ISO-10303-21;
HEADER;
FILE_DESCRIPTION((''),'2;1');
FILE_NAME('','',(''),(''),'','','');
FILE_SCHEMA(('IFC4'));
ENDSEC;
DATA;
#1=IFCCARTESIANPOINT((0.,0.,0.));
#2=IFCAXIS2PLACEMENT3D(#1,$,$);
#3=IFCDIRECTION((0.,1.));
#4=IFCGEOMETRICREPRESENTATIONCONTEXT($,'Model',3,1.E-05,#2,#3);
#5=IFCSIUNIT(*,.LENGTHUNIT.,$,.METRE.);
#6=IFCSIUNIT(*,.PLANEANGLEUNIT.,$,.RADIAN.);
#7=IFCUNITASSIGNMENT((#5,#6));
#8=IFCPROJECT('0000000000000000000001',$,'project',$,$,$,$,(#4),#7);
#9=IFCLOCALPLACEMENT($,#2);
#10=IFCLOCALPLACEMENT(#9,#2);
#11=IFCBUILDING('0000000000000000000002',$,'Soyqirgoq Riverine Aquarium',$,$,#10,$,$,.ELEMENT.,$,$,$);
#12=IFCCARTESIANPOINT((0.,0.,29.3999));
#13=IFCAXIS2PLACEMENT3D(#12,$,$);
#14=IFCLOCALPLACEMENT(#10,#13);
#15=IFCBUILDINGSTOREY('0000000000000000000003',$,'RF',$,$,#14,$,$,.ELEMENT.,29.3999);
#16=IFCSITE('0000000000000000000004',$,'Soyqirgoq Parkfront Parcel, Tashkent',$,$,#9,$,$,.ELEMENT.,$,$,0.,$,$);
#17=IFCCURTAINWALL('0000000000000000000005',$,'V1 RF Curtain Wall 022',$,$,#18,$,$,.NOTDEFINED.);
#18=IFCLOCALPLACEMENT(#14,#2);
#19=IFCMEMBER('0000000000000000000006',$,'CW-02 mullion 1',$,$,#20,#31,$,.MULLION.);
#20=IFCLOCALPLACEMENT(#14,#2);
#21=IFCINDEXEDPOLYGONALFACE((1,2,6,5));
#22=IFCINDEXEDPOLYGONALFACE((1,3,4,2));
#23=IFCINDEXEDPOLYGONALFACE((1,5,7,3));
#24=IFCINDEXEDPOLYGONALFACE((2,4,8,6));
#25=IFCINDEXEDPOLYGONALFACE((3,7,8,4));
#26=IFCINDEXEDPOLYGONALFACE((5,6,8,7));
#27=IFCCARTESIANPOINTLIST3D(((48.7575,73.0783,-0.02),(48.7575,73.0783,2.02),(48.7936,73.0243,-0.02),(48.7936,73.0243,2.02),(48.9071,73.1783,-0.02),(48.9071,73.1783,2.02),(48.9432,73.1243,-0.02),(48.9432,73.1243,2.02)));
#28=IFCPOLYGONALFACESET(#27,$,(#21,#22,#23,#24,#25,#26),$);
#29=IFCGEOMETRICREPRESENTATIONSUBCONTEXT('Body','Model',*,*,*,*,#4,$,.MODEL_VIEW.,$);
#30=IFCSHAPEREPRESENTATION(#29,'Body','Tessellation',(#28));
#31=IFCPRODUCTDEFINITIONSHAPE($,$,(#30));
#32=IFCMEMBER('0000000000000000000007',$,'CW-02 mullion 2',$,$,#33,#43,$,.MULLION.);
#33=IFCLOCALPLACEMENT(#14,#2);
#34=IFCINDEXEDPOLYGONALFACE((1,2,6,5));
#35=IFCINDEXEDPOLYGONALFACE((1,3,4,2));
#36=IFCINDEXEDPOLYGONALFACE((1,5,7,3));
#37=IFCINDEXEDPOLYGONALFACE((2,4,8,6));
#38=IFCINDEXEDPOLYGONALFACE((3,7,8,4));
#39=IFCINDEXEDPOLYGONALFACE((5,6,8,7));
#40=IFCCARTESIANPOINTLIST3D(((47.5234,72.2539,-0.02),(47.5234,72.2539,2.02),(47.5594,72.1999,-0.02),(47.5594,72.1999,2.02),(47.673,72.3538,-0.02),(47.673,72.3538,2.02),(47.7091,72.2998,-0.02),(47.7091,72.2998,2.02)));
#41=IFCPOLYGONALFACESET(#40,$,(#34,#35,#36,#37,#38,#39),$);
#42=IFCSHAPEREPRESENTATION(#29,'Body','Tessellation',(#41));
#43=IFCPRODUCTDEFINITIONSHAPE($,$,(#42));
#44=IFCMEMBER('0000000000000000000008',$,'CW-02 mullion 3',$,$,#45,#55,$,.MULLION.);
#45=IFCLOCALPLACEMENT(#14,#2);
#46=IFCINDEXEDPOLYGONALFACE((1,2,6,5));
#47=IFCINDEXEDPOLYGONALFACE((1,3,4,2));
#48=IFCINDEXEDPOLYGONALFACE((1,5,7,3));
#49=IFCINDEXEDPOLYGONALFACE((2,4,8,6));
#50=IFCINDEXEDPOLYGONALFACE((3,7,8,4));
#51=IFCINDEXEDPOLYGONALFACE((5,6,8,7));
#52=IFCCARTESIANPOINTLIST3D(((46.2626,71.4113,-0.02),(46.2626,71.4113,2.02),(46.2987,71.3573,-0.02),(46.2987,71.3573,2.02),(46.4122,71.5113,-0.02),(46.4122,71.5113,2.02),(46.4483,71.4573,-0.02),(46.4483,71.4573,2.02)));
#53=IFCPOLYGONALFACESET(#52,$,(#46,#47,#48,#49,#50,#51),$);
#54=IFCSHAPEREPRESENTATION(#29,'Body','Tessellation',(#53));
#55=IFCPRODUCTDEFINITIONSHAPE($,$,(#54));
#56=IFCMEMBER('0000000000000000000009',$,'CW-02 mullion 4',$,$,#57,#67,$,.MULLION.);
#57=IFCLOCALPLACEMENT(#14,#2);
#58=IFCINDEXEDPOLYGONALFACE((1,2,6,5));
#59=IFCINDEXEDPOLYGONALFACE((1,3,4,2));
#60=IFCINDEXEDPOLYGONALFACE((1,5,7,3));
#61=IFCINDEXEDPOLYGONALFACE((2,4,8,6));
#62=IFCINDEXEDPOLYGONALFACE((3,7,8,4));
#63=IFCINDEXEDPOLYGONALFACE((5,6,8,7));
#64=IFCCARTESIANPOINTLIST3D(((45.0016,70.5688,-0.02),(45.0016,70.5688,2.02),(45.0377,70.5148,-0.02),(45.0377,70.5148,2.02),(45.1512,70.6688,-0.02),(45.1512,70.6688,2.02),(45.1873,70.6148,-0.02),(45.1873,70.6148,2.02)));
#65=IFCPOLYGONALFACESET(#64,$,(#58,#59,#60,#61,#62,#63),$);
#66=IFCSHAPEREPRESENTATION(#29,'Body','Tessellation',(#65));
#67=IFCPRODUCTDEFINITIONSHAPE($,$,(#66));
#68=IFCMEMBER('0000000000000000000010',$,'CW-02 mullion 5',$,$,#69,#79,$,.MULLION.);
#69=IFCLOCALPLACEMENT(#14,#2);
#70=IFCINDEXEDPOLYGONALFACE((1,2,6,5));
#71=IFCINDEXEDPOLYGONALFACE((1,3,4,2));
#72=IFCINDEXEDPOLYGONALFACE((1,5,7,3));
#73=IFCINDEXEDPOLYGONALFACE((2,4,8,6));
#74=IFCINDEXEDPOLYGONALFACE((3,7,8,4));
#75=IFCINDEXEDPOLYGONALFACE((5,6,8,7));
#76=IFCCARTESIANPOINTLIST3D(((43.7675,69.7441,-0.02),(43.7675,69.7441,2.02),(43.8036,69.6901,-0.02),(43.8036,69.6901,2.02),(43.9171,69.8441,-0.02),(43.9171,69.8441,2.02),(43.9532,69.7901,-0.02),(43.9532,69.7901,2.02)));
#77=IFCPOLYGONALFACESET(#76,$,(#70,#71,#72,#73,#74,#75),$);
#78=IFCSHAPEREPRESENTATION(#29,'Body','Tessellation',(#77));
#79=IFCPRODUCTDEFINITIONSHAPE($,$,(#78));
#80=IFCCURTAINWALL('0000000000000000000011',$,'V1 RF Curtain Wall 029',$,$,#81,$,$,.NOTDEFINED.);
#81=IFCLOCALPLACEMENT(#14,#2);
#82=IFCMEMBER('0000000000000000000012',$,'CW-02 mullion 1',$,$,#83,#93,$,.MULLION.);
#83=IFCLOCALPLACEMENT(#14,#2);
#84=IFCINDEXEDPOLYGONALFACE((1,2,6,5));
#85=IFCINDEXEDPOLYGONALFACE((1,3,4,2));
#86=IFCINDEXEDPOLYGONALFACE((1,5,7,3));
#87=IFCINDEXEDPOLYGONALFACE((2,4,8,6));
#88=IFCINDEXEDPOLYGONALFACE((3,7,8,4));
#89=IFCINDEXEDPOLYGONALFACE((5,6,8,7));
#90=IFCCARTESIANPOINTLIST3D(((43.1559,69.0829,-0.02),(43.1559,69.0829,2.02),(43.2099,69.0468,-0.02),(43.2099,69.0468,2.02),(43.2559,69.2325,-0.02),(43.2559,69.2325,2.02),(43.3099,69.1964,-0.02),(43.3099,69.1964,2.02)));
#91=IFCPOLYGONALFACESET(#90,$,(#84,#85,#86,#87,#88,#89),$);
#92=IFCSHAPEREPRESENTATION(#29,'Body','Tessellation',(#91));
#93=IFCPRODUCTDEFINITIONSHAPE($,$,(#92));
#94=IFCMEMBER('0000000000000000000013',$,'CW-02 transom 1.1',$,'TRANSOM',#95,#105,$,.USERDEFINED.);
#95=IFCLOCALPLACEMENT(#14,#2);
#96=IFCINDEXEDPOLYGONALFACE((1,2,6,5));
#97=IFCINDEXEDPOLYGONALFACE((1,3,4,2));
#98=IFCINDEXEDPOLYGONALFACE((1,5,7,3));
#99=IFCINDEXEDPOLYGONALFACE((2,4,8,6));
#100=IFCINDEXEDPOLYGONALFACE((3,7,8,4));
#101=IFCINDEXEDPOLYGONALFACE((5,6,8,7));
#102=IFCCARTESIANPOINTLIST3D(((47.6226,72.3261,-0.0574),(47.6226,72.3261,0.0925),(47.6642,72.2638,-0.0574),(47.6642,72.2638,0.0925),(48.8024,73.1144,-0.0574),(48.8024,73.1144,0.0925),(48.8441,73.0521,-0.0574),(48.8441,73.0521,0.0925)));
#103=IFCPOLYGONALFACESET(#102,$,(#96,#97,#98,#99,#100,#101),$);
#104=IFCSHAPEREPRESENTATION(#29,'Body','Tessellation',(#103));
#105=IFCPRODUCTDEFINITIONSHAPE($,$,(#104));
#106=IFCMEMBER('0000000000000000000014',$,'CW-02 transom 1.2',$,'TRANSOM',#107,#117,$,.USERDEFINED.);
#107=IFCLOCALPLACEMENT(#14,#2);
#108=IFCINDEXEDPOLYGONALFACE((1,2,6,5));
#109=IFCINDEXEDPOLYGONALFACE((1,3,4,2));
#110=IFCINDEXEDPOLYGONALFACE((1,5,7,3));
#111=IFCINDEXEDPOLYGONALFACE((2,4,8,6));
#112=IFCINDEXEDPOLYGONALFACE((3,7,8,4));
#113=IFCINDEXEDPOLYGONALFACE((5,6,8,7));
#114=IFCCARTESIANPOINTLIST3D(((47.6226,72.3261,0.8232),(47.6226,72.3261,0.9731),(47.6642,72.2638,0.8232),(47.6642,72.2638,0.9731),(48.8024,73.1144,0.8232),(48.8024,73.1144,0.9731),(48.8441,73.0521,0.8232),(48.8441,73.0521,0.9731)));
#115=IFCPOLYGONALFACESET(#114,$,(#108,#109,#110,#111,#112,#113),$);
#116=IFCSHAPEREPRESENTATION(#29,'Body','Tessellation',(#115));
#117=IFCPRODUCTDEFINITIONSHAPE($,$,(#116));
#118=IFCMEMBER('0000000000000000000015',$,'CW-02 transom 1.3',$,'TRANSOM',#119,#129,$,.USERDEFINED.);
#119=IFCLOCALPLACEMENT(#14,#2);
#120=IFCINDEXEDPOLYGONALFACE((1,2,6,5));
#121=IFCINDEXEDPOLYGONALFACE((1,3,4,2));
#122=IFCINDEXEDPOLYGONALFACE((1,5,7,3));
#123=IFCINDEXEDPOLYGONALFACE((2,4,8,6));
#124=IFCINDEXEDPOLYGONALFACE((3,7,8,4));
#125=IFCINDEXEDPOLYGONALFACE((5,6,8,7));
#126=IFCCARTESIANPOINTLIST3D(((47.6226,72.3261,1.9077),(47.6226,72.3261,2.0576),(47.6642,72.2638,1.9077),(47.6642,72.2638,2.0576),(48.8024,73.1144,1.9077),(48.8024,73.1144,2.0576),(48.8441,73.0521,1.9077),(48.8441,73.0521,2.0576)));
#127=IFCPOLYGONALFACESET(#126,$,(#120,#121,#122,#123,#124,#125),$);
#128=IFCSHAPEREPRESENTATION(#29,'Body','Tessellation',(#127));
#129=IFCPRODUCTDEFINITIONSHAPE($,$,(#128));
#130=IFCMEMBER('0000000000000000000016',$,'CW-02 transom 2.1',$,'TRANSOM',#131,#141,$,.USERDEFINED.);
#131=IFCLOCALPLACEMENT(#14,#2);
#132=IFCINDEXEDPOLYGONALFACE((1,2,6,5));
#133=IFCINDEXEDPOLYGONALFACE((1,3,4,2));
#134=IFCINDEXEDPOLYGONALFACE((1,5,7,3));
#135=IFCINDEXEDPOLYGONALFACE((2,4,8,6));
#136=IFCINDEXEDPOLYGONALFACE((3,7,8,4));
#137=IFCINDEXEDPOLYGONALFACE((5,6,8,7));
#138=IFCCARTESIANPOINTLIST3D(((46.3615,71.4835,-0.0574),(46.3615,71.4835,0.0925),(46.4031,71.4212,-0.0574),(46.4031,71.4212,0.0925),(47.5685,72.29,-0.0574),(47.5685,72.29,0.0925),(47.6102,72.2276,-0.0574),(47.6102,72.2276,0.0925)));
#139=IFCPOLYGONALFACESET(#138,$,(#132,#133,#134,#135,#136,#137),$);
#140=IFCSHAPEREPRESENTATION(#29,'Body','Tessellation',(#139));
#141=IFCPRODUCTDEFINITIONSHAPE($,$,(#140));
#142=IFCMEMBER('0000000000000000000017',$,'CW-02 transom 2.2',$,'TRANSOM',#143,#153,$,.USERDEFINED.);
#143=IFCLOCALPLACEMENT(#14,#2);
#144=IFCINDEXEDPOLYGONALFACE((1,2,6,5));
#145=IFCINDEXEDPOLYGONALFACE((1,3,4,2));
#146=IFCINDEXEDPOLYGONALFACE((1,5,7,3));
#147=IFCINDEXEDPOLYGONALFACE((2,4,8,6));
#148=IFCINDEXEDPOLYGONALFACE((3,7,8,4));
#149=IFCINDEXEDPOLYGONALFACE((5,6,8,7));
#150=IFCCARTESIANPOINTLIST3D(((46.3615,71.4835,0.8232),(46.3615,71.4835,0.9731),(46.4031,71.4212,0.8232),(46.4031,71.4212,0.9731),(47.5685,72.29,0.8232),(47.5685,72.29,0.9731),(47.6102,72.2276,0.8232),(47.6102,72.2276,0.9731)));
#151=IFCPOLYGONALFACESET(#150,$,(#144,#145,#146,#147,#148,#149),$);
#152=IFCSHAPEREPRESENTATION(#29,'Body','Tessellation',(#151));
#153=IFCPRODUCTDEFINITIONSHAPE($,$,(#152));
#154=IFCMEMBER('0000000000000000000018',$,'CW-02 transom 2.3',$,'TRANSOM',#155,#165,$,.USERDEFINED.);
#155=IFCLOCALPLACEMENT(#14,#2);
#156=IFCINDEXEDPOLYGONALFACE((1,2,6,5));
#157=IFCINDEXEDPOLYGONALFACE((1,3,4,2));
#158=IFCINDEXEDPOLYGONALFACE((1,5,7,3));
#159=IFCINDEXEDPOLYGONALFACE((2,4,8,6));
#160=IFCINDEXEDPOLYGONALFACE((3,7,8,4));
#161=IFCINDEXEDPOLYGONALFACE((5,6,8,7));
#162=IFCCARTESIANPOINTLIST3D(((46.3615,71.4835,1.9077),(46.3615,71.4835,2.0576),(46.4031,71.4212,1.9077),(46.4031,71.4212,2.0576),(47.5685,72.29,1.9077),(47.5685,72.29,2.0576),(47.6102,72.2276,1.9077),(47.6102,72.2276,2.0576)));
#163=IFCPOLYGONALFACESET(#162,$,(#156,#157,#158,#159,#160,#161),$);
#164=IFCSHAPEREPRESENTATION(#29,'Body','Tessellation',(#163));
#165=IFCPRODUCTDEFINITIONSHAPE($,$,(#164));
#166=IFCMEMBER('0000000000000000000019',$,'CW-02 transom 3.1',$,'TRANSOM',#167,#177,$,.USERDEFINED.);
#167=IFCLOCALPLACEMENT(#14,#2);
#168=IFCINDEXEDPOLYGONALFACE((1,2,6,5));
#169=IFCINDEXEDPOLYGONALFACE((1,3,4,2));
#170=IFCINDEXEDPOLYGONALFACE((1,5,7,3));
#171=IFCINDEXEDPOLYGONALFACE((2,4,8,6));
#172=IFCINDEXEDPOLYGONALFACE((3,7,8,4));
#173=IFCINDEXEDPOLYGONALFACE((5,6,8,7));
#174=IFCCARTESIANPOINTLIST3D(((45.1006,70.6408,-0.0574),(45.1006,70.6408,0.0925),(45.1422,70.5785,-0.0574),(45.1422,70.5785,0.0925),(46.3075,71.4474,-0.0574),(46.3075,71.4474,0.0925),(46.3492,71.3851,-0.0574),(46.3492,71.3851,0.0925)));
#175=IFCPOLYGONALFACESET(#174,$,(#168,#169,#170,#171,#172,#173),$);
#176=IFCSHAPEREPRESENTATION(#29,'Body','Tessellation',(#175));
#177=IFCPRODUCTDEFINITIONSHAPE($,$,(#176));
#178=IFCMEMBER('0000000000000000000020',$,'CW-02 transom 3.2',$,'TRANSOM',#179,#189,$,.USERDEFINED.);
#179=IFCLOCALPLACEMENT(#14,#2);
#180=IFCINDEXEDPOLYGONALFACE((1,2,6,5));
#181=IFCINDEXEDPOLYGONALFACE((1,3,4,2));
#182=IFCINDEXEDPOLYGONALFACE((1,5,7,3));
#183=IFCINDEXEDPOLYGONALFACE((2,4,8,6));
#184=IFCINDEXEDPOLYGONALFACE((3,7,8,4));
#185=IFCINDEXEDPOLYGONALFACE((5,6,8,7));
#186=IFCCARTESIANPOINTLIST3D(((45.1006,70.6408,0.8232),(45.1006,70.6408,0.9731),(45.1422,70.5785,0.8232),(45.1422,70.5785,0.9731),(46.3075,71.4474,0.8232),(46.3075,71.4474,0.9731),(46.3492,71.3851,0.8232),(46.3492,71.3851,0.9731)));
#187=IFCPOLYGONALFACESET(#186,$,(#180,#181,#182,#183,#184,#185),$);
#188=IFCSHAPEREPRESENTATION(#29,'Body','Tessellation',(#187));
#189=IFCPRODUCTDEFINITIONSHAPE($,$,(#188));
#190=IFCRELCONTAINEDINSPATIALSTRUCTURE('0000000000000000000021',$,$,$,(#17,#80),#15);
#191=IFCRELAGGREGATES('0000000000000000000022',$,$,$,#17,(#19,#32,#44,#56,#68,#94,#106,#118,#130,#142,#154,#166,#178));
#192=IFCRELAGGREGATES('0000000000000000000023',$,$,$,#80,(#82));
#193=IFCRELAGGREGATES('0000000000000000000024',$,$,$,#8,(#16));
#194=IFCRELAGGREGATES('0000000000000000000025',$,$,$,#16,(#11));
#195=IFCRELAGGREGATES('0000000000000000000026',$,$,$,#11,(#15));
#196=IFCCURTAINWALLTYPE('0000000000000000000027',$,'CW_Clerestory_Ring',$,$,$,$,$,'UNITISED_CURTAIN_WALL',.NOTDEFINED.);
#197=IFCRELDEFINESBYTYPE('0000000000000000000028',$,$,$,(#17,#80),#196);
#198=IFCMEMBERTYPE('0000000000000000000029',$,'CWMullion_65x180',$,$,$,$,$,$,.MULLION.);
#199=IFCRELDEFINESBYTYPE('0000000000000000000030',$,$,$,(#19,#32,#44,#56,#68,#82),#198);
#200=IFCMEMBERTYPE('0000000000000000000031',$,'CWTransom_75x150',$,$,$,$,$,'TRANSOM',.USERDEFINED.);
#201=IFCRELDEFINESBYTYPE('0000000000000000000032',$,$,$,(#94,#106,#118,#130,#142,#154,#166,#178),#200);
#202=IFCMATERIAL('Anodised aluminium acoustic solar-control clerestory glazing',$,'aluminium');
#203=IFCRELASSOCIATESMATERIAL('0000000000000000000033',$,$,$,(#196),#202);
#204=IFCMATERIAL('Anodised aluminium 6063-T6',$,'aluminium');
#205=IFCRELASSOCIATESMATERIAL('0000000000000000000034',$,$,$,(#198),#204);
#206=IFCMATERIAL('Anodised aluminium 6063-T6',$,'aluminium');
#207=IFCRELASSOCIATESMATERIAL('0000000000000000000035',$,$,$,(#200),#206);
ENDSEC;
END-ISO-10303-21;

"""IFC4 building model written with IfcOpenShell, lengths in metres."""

from ifc_helpers import new_model, si_unit, direction, frame, origin, origin_2d, place, context, subcontext, project, spatial, rectangle, extrude, material, material_profile, profile_set, type_object, element, aggregate, save


model = new_model("IFC4")

# Units and contexts
model_context = context("Model", 3, precision=1e-05, world=origin(), true_north=direction((0.0, 1.0)))
body_context = subcontext(model_context, "Body", "Model", "MODEL_VIEW")
ifc_project = project(units=[si_unit("LENGTHUNIT", "METRE"), si_unit("PLANEANGLEUNIT", "RADIAN")], contexts=[model_context])

# Site, building, storey
site_placement = place(None, origin())
site = spatial("IfcSite", under=ifc_project, at=site_placement, Name="Soyqirgoq Parkfront Parcel, Tashkent", CompositionType="ELEMENT", RefElevation=0.0)
building_placement = place(site_placement, origin())
building = spatial("IfcBuilding", under=site, at=building_placement, Name="Soyqirgoq Riverine Aquarium", CompositionType="ELEMENT")
storey_placement = place(building_placement, frame((0.0, 0.0, 29.3999)))
storey = spatial("IfcBuildingStorey", under=building, at=storey_placement, Name="RF", CompositionType="ELEMENT", Elevation=29.3999)

# Curtain wall, members
ifc_material_1 = material(Name="Anodised aluminium acoustic solar-control clerestory glazing", Category="aluminium")
curtain_wall_type = type_object("IfcCurtainWallType", Name="CW_Clerestory_Ring", ElementType="UNITISED_CURTAIN_WALL", PredefinedType="NOTDEFINED", material=ifc_material_1)
curtain_wall_1_placement = place(storey_placement, origin())
curtain_wall_1 = element("IfcCurtainWall", 1, at=curtain_wall_1_placement, inside=storey, type_object=curtain_wall_type, Name="V1 RF Curtain Wall 022", PredefinedType="NOTDEFINED")
ifc_material_2 = material(Name="Anodised aluminium 6063-T6", Category="aluminium")
ifc_material_profile_1 = material_profile(ifc_material_2, rectangle(XDim=0.0649, YDim=0.1799, at=origin_2d()), Name="ALU-M 65x180")
ifc_profile_set_1 = profile_set([ifc_material_profile_1], Name="Anodised aluminium 6063-T6")
member_type_1 = type_object("IfcMemberType", Name="CWMullion_65x180", PredefinedType="MULLION", material=ifc_profile_set_1)
member_1_placement = place(storey_placement, frame((48.8503, 73.1013, -0.02), z_axis=(0.0, 0.0, 1.0), x_axis=(0.555579, -0.831464, 0.0)))
member_1 = element("IfcMember", 2, at=member_1_placement, type_object=member_type_1, Name="CW-02 mullion 1", PredefinedType="MULLION", context=body_context, shape_type="SweptSolid", body=[
    extrude(rectangle(XDim=0.0649, YDim=0.1799, at=origin_2d()), origin(), (0.0, 0.0, 1.0), 2.04),
])
member_2_placement = place(storey_placement, frame((47.6162, 72.2769, -0.02), z_axis=(0.0, 0.0, 1.0), x_axis=(0.555579, -0.831464, 0.0)))
member_2 = element("IfcMember", 3, at=member_2_placement, type_object=member_type_1, Name="CW-02 mullion 2", PredefinedType="MULLION", context=body_context, shape_type="SweptSolid", body=[
    extrude(rectangle(XDim=0.0649, YDim=0.1799, at=origin_2d()), origin(), (0.0, 0.0, 1.0), 2.04),
])
member_3_placement = place(storey_placement, frame((46.3555, 71.4343, -0.02), z_axis=(0.0, 0.0, 1.0), x_axis=(0.555579, -0.831464, 0.0)))
member_3 = element("IfcMember", 4, at=member_3_placement, type_object=member_type_1, Name="CW-02 mullion 3", PredefinedType="MULLION", context=body_context, shape_type="SweptSolid", body=[
    extrude(rectangle(XDim=0.0649, YDim=0.1799, at=origin_2d()), origin(), (0.0, 0.0, 1.0), 2.04),
])
member_4_placement = place(storey_placement, frame((45.0945, 70.5918, -0.02), z_axis=(0.0, 0.0, 1.0), x_axis=(0.555579, -0.831464, 0.0)))
member_4 = element("IfcMember", 5, at=member_4_placement, type_object=member_type_1, Name="CW-02 mullion 4", PredefinedType="MULLION", context=body_context, shape_type="SweptSolid", body=[
    extrude(rectangle(XDim=0.0649, YDim=0.1799, at=origin_2d()), origin(), (0.0, 0.0, 1.0), 2.04),
])
member_5_placement = place(storey_placement, frame((43.8604, 69.7671, -0.02), z_axis=(0.0, 0.0, 1.0), x_axis=(0.555579, -0.831464, 0.0)))
member_5 = element("IfcMember", 6, at=member_5_placement, type_object=member_type_1, Name="CW-02 mullion 5", PredefinedType="MULLION", context=body_context, shape_type="SweptSolid", body=[
    extrude(rectangle(XDim=0.0649, YDim=0.1799, at=origin_2d()), origin(), (0.0, 0.0, 1.0), 2.04),
])

# Curtain wall, member
curtain_wall_2_placement = place(storey_placement, origin())
curtain_wall_2 = element("IfcCurtainWall", 7, at=curtain_wall_2_placement, inside=storey, type_object=curtain_wall_type, Name="V1 RF Curtain Wall 029", PredefinedType="NOTDEFINED")
member_6_placement = place(storey_placement, frame((43.2329, 69.1396, -0.02), z_axis=(0.0, 0.0, 1.0), x_axis=(0.831464, -0.555579, 0.0)))
member_6 = element("IfcMember", 8, at=member_6_placement, type_object=member_type_1, Name="CW-02 mullion 1", PredefinedType="MULLION", context=body_context, shape_type="SweptSolid", body=[
    extrude(rectangle(XDim=0.0649, YDim=0.1799, at=origin_2d()), origin(), (0.0, 0.0, 1.0), 2.04),
])

# Members
ifc_material_3 = material(Name="Anodised aluminium 6063-T6", Category="aluminium")
ifc_material_profile_2 = material_profile(ifc_material_3, rectangle(XDim=0.075, YDim=0.1499, at=origin_2d()), Name="ALU-T 75x150")
ifc_profile_set_2 = profile_set([ifc_material_profile_2], Name="Anodised aluminium 6063-T6")
member_type_2 = type_object("IfcMemberType", Name="CWTransom_75x150", ElementType="TRANSOM", PredefinedType="USERDEFINED", material=ifc_profile_set_2)
member_7_placement = place(storey_placement, frame((48.8232, 73.0833, 0.0176), z_axis=(-0.831494, -0.555534, 0.0), x_axis=(0.555534, -0.831494, 0.0)))
member_7 = element("IfcMember", 9, at=member_7_placement, type_object=member_type_2, Name="CW-02 transom 1.1", ObjectType="TRANSOM", PredefinedType="USERDEFINED", context=body_context, shape_type="SweptSolid", body=[
    extrude(rectangle(XDim=0.075, YDim=0.1499, at=origin_2d()), origin(), (0.0, 0.0, 1.0), 1.4189),
])
member_8_placement = place(storey_placement, frame((48.8232, 73.0833, 0.8982), z_axis=(-0.831494, -0.555534, 0.0), x_axis=(0.555534, -0.831494, 0.0)))
member_8 = element("IfcMember", 10, at=member_8_placement, type_object=member_type_2, Name="CW-02 transom 1.2", ObjectType="TRANSOM", PredefinedType="USERDEFINED", context=body_context, shape_type="SweptSolid", body=[
    extrude(rectangle(XDim=0.075, YDim=0.1499, at=origin_2d()), origin(), (0.0, 0.0, 1.0), 1.4189),
])
member_9_placement = place(storey_placement, frame((48.8232, 73.0833, 1.9827), z_axis=(-0.831494, -0.555534, 0.0), x_axis=(0.555534, -0.831494, 0.0)))
member_9 = element("IfcMember", 11, at=member_9_placement, type_object=member_type_2, Name="CW-02 transom 1.3", ObjectType="TRANSOM", PredefinedType="USERDEFINED", context=body_context, shape_type="SweptSolid", body=[
    extrude(rectangle(XDim=0.075, YDim=0.1499, at=origin_2d()), origin(), (0.0, 0.0, 1.0), 1.4189),
])
member_10_placement = place(storey_placement, frame((47.5894, 72.2588, 0.0176), z_axis=(-0.831507, -0.555515, 0.0), x_axis=(0.555515, -0.831507, 0.0)))
member_10 = element("IfcMember", 12, at=member_10_placement, type_object=member_type_2, Name="CW-02 transom 2.1", ObjectType="TRANSOM", PredefinedType="USERDEFINED", context=body_context, shape_type="SweptSolid", body=[
    extrude(rectangle(XDim=0.075, YDim=0.1499, at=origin_2d()), origin(), (0.0, 0.0, 1.0), 1.4517),
])
member_11_placement = place(storey_placement, frame((47.5894, 72.2588, 0.8982), z_axis=(-0.831507, -0.555515, 0.0), x_axis=(0.555515, -0.831507, 0.0)))
member_11 = element("IfcMember", 13, at=member_11_placement, type_object=member_type_2, Name="CW-02 transom 2.2", ObjectType="TRANSOM", PredefinedType="USERDEFINED", context=body_context, shape_type="SweptSolid", body=[
    extrude(rectangle(XDim=0.075, YDim=0.1499, at=origin_2d()), origin(), (0.0, 0.0, 1.0), 1.4517),
])
member_12_placement = place(storey_placement, frame((47.5894, 72.2588, 1.9827), z_axis=(-0.831507, -0.555515, 0.0), x_axis=(0.555515, -0.831507, 0.0)))
member_12 = element("IfcMember", 14, at=member_12_placement, type_object=member_type_2, Name="CW-02 transom 2.3", ObjectType="TRANSOM", PredefinedType="USERDEFINED", context=body_context, shape_type="SweptSolid", body=[
    extrude(rectangle(XDim=0.075, YDim=0.1499, at=origin_2d()), origin(), (0.0, 0.0, 1.0), 1.4517),
])
member_13_placement = place(storey_placement, frame((46.3284, 71.4163, 0.0176), z_axis=(-0.831429, -0.555631, 0.0), x_axis=(0.555631, -0.831429, 0.0)))
member_13 = element("IfcMember", 15, at=member_13_placement, type_object=member_type_2, Name="CW-02 transom 3.1", ObjectType="TRANSOM", PredefinedType="USERDEFINED", context=body_context, shape_type="SweptSolid", body=[
    extrude(rectangle(XDim=0.075, YDim=0.1499, at=origin_2d()), origin(), (0.0, 0.0, 1.0), 1.4517),
])
member_14_placement = place(storey_placement, frame((46.3284, 71.4163, 0.8982), z_axis=(-0.831429, -0.555631, 0.0), x_axis=(0.555631, -0.831429, 0.0)))
member_14 = element("IfcMember", 16, at=member_14_placement, type_object=member_type_2, Name="CW-02 transom 3.2", ObjectType="TRANSOM", PredefinedType="USERDEFINED", context=body_context, shape_type="SweptSolid", body=[
    extrude(rectangle(XDim=0.075, YDim=0.1499, at=origin_2d()), origin(), (0.0, 0.0, 1.0), 1.4517),
])

aggregate(curtain_wall_1, [member_1, member_2, member_3, member_4, member_5, member_7, member_8, member_9, member_10, member_11, member_12, member_13, member_14])
aggregate(curtain_wall_2, [member_6])

save(model, "model.ifc")
